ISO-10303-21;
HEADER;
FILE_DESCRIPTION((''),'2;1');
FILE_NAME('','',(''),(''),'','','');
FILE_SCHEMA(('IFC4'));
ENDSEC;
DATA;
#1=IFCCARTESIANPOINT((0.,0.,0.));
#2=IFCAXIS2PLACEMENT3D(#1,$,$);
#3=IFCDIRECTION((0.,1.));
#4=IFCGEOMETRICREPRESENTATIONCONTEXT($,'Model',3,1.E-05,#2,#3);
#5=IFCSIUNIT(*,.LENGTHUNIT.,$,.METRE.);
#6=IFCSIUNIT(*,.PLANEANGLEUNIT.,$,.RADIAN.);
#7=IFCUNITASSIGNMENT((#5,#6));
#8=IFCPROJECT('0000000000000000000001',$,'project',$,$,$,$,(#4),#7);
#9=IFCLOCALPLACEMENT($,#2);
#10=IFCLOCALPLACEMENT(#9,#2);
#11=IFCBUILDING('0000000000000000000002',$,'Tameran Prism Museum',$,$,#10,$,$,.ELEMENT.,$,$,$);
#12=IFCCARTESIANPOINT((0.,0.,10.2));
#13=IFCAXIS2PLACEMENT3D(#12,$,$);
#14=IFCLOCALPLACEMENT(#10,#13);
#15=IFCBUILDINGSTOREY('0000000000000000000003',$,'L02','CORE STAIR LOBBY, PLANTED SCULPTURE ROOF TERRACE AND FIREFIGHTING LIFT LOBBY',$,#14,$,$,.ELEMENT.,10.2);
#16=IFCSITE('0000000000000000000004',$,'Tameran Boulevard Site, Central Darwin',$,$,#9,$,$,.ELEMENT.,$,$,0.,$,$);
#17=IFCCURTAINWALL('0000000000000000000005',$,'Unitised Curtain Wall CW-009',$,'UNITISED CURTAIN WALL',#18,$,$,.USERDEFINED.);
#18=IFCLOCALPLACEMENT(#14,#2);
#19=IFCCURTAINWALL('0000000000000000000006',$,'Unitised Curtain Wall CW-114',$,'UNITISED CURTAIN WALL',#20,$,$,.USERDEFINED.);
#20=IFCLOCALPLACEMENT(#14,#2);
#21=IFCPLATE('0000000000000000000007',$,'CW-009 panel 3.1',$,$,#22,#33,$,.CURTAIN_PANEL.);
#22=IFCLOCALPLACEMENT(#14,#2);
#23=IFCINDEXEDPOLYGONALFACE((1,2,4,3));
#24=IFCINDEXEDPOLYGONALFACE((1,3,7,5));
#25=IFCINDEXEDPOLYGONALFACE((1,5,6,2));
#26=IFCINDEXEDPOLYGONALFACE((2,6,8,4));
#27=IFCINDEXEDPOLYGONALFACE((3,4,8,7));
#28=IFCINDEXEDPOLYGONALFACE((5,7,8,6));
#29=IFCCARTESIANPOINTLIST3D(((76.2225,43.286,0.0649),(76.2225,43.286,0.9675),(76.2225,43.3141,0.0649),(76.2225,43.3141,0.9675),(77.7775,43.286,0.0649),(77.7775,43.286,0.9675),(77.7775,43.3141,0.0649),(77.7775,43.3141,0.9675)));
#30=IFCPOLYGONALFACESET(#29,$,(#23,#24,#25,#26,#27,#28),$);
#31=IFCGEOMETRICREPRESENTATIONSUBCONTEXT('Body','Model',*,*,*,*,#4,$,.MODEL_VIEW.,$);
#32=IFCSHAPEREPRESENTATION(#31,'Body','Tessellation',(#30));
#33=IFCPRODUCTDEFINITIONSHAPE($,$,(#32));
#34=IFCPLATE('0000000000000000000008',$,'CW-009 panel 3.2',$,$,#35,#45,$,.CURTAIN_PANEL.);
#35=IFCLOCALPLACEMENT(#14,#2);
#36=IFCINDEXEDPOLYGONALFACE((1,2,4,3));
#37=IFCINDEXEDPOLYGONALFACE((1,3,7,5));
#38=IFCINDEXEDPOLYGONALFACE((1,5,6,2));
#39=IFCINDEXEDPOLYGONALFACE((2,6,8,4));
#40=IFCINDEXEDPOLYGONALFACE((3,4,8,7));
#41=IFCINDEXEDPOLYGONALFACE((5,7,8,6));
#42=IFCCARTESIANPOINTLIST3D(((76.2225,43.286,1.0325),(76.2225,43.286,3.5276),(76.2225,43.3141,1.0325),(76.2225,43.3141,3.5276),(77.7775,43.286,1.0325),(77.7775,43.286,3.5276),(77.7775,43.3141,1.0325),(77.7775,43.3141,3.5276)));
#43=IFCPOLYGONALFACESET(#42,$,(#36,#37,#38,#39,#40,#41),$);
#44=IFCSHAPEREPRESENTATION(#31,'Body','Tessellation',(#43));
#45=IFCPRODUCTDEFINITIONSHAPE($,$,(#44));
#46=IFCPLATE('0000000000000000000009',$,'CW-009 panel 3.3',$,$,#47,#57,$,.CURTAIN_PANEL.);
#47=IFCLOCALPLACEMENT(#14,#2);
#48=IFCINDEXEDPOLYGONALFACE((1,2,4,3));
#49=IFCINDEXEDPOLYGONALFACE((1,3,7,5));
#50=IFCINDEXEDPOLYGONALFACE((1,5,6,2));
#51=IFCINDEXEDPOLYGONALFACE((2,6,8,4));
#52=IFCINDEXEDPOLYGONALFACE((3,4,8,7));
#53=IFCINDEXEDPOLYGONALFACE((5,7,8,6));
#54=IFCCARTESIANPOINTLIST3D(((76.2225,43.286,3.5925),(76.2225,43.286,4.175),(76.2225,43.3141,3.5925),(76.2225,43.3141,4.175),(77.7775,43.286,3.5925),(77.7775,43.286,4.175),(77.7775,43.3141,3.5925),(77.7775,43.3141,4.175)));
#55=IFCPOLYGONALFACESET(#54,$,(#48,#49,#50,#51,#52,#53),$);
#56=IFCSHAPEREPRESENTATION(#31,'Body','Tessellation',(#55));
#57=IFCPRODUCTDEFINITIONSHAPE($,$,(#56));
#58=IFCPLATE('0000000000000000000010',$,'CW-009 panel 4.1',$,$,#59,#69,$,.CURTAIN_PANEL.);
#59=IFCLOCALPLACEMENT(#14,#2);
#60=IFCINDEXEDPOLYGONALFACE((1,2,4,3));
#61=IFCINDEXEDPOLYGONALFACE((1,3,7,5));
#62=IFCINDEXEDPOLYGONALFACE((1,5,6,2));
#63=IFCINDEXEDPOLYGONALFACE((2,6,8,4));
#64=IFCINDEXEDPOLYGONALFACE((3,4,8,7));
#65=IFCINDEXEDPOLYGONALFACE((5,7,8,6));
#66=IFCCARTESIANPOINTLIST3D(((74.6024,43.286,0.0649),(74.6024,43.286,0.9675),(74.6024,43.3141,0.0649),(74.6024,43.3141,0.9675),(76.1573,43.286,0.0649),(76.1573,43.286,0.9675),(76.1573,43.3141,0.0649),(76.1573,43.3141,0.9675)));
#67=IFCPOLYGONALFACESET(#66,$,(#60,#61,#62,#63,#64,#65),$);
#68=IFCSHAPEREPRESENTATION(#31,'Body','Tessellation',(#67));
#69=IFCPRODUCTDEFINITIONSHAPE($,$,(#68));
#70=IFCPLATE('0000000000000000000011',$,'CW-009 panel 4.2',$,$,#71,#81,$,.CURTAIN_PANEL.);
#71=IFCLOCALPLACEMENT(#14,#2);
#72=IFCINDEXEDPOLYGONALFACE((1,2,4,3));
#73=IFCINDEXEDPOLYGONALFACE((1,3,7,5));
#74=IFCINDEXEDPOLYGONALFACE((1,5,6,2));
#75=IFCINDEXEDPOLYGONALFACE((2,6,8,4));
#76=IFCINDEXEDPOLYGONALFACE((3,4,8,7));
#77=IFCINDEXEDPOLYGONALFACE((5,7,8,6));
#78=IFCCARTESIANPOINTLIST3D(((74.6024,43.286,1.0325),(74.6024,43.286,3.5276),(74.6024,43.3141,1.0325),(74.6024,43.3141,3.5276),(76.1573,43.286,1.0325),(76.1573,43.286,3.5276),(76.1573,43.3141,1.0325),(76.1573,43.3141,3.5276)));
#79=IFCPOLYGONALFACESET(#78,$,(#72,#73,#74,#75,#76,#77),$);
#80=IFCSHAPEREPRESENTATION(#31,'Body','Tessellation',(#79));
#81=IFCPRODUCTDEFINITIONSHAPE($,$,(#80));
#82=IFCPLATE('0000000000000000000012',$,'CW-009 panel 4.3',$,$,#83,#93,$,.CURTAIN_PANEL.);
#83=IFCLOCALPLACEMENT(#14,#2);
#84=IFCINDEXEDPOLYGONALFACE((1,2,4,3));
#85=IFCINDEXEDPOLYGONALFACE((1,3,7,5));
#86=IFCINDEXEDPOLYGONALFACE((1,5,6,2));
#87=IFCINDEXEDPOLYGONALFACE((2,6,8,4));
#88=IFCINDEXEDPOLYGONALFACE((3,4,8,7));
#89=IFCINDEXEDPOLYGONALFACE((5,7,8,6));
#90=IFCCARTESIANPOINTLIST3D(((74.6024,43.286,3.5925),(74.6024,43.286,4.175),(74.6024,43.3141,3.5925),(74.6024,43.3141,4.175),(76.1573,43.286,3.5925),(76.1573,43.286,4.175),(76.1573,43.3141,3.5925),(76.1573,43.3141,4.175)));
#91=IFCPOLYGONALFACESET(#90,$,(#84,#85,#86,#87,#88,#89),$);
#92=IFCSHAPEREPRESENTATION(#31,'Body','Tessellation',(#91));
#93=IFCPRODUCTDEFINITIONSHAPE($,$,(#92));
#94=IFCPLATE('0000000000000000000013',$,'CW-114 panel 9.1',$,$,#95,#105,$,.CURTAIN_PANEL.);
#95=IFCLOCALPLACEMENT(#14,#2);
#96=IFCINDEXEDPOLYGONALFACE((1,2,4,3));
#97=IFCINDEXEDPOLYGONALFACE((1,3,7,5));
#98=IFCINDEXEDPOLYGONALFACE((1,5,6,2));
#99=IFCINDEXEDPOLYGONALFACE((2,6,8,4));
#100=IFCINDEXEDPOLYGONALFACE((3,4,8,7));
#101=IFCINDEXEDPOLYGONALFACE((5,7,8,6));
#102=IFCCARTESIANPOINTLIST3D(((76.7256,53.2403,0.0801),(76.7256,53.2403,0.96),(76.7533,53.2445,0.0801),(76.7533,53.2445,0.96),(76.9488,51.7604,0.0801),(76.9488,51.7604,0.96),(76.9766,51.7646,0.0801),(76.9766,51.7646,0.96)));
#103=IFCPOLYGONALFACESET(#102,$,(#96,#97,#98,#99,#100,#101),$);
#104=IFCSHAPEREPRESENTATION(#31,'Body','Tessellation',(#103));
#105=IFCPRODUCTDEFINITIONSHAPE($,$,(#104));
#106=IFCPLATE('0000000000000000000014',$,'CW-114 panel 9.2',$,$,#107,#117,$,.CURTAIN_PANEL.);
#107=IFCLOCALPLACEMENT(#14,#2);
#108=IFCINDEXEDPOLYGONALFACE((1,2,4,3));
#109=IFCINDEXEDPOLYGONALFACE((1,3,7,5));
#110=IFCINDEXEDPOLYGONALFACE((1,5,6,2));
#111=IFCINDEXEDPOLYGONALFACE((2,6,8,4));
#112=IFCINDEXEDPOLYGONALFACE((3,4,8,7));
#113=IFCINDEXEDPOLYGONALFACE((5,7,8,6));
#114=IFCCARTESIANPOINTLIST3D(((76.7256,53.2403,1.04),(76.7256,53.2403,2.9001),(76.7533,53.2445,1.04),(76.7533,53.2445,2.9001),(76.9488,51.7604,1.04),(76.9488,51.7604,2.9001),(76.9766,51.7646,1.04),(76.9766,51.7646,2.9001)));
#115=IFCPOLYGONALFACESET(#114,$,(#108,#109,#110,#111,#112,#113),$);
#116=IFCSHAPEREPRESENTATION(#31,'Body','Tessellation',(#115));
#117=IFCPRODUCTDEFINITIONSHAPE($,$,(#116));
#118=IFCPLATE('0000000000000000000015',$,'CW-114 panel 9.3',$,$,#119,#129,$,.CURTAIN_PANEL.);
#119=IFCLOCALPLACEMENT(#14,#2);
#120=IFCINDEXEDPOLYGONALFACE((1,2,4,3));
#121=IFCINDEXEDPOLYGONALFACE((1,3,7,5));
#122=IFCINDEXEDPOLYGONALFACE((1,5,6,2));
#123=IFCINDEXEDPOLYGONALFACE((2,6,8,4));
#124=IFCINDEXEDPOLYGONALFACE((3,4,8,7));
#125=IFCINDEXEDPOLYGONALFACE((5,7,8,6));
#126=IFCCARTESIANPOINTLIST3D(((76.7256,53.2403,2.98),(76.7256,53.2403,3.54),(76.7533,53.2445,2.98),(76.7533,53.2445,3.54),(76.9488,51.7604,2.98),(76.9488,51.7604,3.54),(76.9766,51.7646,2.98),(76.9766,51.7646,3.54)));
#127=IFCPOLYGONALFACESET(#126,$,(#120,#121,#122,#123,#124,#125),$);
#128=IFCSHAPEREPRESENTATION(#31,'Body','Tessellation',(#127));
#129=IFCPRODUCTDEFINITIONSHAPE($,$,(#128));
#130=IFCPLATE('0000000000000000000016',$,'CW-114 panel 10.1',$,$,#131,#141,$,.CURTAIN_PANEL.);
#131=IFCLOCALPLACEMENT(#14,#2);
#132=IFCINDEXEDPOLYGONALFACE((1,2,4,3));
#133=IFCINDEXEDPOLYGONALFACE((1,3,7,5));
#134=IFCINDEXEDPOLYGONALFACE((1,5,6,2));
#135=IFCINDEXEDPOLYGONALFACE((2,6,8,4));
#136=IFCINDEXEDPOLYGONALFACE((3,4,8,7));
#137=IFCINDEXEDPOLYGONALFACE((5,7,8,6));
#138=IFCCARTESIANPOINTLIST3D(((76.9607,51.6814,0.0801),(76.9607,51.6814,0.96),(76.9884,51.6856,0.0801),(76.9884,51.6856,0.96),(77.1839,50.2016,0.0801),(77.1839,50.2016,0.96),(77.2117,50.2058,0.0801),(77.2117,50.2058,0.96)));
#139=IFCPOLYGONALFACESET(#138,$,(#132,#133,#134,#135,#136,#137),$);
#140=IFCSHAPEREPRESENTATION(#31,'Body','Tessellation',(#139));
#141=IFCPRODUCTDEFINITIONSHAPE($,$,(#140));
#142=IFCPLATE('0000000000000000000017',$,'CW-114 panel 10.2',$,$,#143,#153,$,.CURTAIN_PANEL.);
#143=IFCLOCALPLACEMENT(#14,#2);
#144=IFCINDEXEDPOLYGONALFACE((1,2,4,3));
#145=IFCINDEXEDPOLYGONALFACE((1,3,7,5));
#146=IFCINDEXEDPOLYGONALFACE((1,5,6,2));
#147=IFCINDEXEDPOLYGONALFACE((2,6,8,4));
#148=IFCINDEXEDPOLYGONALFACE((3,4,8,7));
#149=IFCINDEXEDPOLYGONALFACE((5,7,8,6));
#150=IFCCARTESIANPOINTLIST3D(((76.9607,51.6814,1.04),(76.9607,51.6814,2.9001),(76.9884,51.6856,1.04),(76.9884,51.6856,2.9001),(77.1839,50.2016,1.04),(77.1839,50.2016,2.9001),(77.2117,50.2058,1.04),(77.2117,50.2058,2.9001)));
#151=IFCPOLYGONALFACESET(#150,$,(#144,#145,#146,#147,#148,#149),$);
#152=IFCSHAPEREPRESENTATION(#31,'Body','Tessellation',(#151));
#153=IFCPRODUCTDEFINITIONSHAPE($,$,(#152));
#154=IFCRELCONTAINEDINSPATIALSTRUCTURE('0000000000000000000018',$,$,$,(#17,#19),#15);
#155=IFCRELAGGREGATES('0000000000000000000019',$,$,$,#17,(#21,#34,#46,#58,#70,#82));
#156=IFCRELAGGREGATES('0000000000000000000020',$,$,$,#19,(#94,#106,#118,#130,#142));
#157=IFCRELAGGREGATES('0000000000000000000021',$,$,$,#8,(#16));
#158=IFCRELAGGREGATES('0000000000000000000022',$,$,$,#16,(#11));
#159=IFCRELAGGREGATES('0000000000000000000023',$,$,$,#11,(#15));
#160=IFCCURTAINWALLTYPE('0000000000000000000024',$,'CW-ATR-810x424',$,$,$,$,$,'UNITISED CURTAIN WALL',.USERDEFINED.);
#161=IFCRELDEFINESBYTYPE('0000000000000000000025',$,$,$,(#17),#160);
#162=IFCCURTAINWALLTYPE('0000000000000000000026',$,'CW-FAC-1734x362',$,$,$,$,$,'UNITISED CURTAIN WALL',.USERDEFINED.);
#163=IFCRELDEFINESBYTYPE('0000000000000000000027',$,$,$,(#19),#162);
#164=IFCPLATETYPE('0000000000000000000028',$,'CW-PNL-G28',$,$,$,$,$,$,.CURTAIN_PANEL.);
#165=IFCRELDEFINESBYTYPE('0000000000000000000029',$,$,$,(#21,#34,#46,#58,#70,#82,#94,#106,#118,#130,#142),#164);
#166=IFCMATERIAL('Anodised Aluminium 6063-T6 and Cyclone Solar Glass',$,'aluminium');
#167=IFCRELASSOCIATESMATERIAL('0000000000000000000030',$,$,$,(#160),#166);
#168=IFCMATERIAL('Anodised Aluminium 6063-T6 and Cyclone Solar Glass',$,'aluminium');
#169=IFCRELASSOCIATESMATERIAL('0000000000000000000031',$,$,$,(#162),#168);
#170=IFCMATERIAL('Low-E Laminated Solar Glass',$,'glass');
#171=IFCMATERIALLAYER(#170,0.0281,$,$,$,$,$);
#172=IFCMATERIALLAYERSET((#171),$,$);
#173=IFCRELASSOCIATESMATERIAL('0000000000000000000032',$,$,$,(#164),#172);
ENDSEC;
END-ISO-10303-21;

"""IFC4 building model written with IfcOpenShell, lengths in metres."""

from ifc_helpers import new_model, si_unit, direction, frame, origin, origin_2d, place, context, subcontext, project, spatial, rectangle, extrude, material, layer, layer_set, type_object, element, aggregate, save


model = new_model("IFC4")

# Units and contexts
model_context = context("Model", 3, precision=1e-05, world=origin(), true_north=direction((0.0, 1.0)))
body_context = subcontext(model_context, "Body", "Model", "MODEL_VIEW")
ifc_project = project(units=[si_unit("LENGTHUNIT", "METRE"), si_unit("PLANEANGLEUNIT", "RADIAN")], contexts=[model_context])

# Site, building, storey
site_placement = place(None, origin())
site = spatial("IfcSite", under=ifc_project, at=site_placement, Name="Tameran Boulevard Site, Central Darwin", CompositionType="ELEMENT", RefElevation=0.0)
building_placement = place(site_placement, origin())
building = spatial("IfcBuilding", under=site, at=building_placement, Name="Tameran Prism Museum", CompositionType="ELEMENT")
storey_placement = place(building_placement, frame((0.0, 0.0, 10.2)))
storey = spatial("IfcBuildingStorey", under=building, at=storey_placement, Name="L02", Description="CORE STAIR LOBBY, PLANTED SCULPTURE ROOF TERRACE AND FIREFIGHTING LIFT LOBBY", CompositionType="ELEMENT", Elevation=10.2)

# Curtain wall
ifc_material_1 = material(Name="Anodised Aluminium 6063-T6 and Cyclone Solar Glass", Category="aluminium")
curtain_wall_type_1 = type_object("IfcCurtainWallType", Name="CW-ATR-810x424", ElementType="UNITISED CURTAIN WALL", PredefinedType="USERDEFINED", material=ifc_material_1)
curtain_wall_1_placement = place(storey_placement, origin())
curtain_wall_1 = element("IfcCurtainWall", 1, at=curtain_wall_1_placement, inside=storey, type_object=curtain_wall_type_1, Name="Unitised Curtain Wall CW-009", ObjectType="UNITISED CURTAIN WALL", PredefinedType="USERDEFINED")

# Curtain wall
ifc_material_2 = material(Name="Anodised Aluminium 6063-T6 and Cyclone Solar Glass", Category="aluminium")
curtain_wall_type_2 = type_object("IfcCurtainWallType", Name="CW-FAC-1734x362", ElementType="UNITISED CURTAIN WALL", PredefinedType="USERDEFINED", material=ifc_material_2)
curtain_wall_2_placement = place(storey_placement, origin())
curtain_wall_2 = element("IfcCurtainWall", 2, at=curtain_wall_2_placement, inside=storey, type_object=curtain_wall_type_2, Name="Unitised Curtain Wall CW-114", ObjectType="UNITISED CURTAIN WALL", PredefinedType="USERDEFINED")

# Plates
ifc_material_3 = material(Name="Low-E Laminated Solar Glass", Category="glass")
ifc_layer_1 = layer(ifc_material_3, 0.0281)
ifc_layer_set_1 = layer_set([ifc_layer_1])
plate_type = type_object("IfcPlateType", Name="CW-PNL-G28", PredefinedType="CURTAIN_PANEL", material=ifc_layer_set_1)
plate_1_placement = place(storey_placement, frame((77.0, 43.3, 0.0649), z_axis=(0.0, 0.0, 1.0), x_axis=(-1.0, 0.0, 0.0)))
plate_1 = element("IfcPlate", 3, at=plate_1_placement, type_object=plate_type, Name="CW-009 panel 3.1", PredefinedType="CURTAIN_PANEL", context=body_context, shape_type="SweptSolid", body=[
    extrude(rectangle(XDim=1.5549, YDim=0.0281, at=origin_2d()), origin(), (0.0, 0.0, 1.0), 0.9026),
])
plate_2_placement = place(storey_placement, frame((77.0, 43.3, 1.0325), z_axis=(0.0, 0.0, 1.0), x_axis=(-1.0, 0.0, 0.0)))
plate_2 = element("IfcPlate", 4, at=plate_2_placement, type_object=plate_type, Name="CW-009 panel 3.2", PredefinedType="CURTAIN_PANEL", context=body_context, shape_type="SweptSolid", body=[
    extrude(rectangle(XDim=1.5549, YDim=0.0281, at=origin_2d()), origin(), (0.0, 0.0, 1.0), 2.4951),
])
plate_3_placement = place(storey_placement, frame((77.0, 43.3, 3.5925), z_axis=(0.0, 0.0, 1.0), x_axis=(-1.0, 0.0, 0.0)))
plate_3 = element("IfcPlate", 5, at=plate_3_placement, type_object=plate_type, Name="CW-009 panel 3.3", PredefinedType="CURTAIN_PANEL", context=body_context, shape_type="SweptSolid", body=[
    extrude(rectangle(XDim=1.5549, YDim=0.0281, at=origin_2d()), origin(), (0.0, 0.0, 1.0), 0.5825),
])
plate_4_placement = place(storey_placement, frame((75.3799, 43.3, 0.0649), z_axis=(0.0, 0.0, 1.0), x_axis=(-1.0, 0.0, 0.0)))
plate_4 = element("IfcPlate", 6, at=plate_4_placement, type_object=plate_type, Name="CW-009 panel 4.1", PredefinedType="CURTAIN_PANEL", context=body_context, shape_type="SweptSolid", body=[
    extrude(rectangle(XDim=1.5549, YDim=0.0281, at=origin_2d()), origin(), (0.0, 0.0, 1.0), 0.9026),
])
plate_5_placement = place(storey_placement, frame((75.3799, 43.3, 1.0325), z_axis=(0.0, 0.0, 1.0), x_axis=(-1.0, 0.0, 0.0)))
plate_5 = element("IfcPlate", 7, at=plate_5_placement, type_object=plate_type, Name="CW-009 panel 4.2", PredefinedType="CURTAIN_PANEL", context=body_context, shape_type="SweptSolid", body=[
    extrude(rectangle(XDim=1.5549, YDim=0.0281, at=origin_2d()), origin(), (0.0, 0.0, 1.0), 2.4951),
])
plate_6_placement = place(storey_placement, frame((75.3799, 43.3, 3.5925), z_axis=(0.0, 0.0, 1.0), x_axis=(-1.0, 0.0, 0.0)))
plate_6 = element("IfcPlate", 8, at=plate_6_placement, type_object=plate_type, Name="CW-009 panel 4.3", PredefinedType="CURTAIN_PANEL", context=body_context, shape_type="SweptSolid", body=[
    extrude(rectangle(XDim=1.5549, YDim=0.0281, at=origin_2d()), origin(), (0.0, 0.0, 1.0), 0.5825),
])
aggregate(curtain_wall_1, [plate_1, plate_2, plate_3, plate_4, plate_5, plate_6])
plate_7_placement = place(storey_placement, frame((76.8511, 52.5024, 0.0801), z_axis=(0.0, 0.0, 1.0), x_axis=(0.149167, -0.988812, 0.0)))
plate_7 = element("IfcPlate", 9, at=plate_7_placement, type_object=plate_type, Name="CW-114 panel 9.1", PredefinedType="CURTAIN_PANEL", context=body_context, shape_type="SweptSolid", body=[
    extrude(rectangle(XDim=1.4966, YDim=0.0281, at=origin_2d()), origin(), (0.0, 0.0, 1.0), 0.8799),
])
plate_8_placement = place(storey_placement, frame((76.8511, 52.5024, 1.04), z_axis=(0.0, 0.0, 1.0), x_axis=(0.149167, -0.988812, 0.0)))
plate_8 = element("IfcPlate", 10, at=plate_8_placement, type_object=plate_type, Name="CW-114 panel 9.2", PredefinedType="CURTAIN_PANEL", context=body_context, shape_type="SweptSolid", body=[
    extrude(rectangle(XDim=1.4966, YDim=0.0281, at=origin_2d()), origin(), (0.0, 0.0, 1.0), 1.8601),
])
plate_9_placement = place(storey_placement, frame((76.8511, 52.5024, 2.98), z_axis=(0.0, 0.0, 1.0), x_axis=(0.149167, -0.988812, 0.0)))
plate_9 = element("IfcPlate", 11, at=plate_9_placement, type_object=plate_type, Name="CW-114 panel 9.3", PredefinedType="CURTAIN_PANEL", context=body_context, shape_type="SweptSolid", body=[
    extrude(rectangle(XDim=1.4966, YDim=0.0281, at=origin_2d()), origin(), (0.0, 0.0, 1.0), 0.5601),
])
plate_10_placement = place(storey_placement, frame((77.0862, 50.9436, 0.0801), z_axis=(0.0, 0.0, 1.0), x_axis=(0.149167, -0.988812, 0.0)))
plate_10 = element("IfcPlate", 12, at=plate_10_placement, type_object=plate_type, Name="CW-114 panel 10.1", PredefinedType="CURTAIN_PANEL", context=body_context, shape_type="SweptSolid", body=[
    extrude(rectangle(XDim=1.4966, YDim=0.0281, at=origin_2d()), origin(), (0.0, 0.0, 1.0), 0.8799),
])
plate_11_placement = place(storey_placement, frame((77.0862, 50.9436, 1.04), z_axis=(0.0, 0.0, 1.0), x_axis=(0.149167, -0.988812, 0.0)))
plate_11 = element("IfcPlate", 13, at=plate_11_placement, type_object=plate_type, Name="CW-114 panel 10.2", PredefinedType="CURTAIN_PANEL", context=body_context, shape_type="SweptSolid", body=[
    extrude(rectangle(XDim=1.4966, YDim=0.0281, at=origin_2d()), origin(), (0.0, 0.0, 1.0), 1.8601),
])
aggregate(curtain_wall_2, [plate_7, plate_8, plate_9, plate_10, plate_11])

save(model, "model.ifc")
